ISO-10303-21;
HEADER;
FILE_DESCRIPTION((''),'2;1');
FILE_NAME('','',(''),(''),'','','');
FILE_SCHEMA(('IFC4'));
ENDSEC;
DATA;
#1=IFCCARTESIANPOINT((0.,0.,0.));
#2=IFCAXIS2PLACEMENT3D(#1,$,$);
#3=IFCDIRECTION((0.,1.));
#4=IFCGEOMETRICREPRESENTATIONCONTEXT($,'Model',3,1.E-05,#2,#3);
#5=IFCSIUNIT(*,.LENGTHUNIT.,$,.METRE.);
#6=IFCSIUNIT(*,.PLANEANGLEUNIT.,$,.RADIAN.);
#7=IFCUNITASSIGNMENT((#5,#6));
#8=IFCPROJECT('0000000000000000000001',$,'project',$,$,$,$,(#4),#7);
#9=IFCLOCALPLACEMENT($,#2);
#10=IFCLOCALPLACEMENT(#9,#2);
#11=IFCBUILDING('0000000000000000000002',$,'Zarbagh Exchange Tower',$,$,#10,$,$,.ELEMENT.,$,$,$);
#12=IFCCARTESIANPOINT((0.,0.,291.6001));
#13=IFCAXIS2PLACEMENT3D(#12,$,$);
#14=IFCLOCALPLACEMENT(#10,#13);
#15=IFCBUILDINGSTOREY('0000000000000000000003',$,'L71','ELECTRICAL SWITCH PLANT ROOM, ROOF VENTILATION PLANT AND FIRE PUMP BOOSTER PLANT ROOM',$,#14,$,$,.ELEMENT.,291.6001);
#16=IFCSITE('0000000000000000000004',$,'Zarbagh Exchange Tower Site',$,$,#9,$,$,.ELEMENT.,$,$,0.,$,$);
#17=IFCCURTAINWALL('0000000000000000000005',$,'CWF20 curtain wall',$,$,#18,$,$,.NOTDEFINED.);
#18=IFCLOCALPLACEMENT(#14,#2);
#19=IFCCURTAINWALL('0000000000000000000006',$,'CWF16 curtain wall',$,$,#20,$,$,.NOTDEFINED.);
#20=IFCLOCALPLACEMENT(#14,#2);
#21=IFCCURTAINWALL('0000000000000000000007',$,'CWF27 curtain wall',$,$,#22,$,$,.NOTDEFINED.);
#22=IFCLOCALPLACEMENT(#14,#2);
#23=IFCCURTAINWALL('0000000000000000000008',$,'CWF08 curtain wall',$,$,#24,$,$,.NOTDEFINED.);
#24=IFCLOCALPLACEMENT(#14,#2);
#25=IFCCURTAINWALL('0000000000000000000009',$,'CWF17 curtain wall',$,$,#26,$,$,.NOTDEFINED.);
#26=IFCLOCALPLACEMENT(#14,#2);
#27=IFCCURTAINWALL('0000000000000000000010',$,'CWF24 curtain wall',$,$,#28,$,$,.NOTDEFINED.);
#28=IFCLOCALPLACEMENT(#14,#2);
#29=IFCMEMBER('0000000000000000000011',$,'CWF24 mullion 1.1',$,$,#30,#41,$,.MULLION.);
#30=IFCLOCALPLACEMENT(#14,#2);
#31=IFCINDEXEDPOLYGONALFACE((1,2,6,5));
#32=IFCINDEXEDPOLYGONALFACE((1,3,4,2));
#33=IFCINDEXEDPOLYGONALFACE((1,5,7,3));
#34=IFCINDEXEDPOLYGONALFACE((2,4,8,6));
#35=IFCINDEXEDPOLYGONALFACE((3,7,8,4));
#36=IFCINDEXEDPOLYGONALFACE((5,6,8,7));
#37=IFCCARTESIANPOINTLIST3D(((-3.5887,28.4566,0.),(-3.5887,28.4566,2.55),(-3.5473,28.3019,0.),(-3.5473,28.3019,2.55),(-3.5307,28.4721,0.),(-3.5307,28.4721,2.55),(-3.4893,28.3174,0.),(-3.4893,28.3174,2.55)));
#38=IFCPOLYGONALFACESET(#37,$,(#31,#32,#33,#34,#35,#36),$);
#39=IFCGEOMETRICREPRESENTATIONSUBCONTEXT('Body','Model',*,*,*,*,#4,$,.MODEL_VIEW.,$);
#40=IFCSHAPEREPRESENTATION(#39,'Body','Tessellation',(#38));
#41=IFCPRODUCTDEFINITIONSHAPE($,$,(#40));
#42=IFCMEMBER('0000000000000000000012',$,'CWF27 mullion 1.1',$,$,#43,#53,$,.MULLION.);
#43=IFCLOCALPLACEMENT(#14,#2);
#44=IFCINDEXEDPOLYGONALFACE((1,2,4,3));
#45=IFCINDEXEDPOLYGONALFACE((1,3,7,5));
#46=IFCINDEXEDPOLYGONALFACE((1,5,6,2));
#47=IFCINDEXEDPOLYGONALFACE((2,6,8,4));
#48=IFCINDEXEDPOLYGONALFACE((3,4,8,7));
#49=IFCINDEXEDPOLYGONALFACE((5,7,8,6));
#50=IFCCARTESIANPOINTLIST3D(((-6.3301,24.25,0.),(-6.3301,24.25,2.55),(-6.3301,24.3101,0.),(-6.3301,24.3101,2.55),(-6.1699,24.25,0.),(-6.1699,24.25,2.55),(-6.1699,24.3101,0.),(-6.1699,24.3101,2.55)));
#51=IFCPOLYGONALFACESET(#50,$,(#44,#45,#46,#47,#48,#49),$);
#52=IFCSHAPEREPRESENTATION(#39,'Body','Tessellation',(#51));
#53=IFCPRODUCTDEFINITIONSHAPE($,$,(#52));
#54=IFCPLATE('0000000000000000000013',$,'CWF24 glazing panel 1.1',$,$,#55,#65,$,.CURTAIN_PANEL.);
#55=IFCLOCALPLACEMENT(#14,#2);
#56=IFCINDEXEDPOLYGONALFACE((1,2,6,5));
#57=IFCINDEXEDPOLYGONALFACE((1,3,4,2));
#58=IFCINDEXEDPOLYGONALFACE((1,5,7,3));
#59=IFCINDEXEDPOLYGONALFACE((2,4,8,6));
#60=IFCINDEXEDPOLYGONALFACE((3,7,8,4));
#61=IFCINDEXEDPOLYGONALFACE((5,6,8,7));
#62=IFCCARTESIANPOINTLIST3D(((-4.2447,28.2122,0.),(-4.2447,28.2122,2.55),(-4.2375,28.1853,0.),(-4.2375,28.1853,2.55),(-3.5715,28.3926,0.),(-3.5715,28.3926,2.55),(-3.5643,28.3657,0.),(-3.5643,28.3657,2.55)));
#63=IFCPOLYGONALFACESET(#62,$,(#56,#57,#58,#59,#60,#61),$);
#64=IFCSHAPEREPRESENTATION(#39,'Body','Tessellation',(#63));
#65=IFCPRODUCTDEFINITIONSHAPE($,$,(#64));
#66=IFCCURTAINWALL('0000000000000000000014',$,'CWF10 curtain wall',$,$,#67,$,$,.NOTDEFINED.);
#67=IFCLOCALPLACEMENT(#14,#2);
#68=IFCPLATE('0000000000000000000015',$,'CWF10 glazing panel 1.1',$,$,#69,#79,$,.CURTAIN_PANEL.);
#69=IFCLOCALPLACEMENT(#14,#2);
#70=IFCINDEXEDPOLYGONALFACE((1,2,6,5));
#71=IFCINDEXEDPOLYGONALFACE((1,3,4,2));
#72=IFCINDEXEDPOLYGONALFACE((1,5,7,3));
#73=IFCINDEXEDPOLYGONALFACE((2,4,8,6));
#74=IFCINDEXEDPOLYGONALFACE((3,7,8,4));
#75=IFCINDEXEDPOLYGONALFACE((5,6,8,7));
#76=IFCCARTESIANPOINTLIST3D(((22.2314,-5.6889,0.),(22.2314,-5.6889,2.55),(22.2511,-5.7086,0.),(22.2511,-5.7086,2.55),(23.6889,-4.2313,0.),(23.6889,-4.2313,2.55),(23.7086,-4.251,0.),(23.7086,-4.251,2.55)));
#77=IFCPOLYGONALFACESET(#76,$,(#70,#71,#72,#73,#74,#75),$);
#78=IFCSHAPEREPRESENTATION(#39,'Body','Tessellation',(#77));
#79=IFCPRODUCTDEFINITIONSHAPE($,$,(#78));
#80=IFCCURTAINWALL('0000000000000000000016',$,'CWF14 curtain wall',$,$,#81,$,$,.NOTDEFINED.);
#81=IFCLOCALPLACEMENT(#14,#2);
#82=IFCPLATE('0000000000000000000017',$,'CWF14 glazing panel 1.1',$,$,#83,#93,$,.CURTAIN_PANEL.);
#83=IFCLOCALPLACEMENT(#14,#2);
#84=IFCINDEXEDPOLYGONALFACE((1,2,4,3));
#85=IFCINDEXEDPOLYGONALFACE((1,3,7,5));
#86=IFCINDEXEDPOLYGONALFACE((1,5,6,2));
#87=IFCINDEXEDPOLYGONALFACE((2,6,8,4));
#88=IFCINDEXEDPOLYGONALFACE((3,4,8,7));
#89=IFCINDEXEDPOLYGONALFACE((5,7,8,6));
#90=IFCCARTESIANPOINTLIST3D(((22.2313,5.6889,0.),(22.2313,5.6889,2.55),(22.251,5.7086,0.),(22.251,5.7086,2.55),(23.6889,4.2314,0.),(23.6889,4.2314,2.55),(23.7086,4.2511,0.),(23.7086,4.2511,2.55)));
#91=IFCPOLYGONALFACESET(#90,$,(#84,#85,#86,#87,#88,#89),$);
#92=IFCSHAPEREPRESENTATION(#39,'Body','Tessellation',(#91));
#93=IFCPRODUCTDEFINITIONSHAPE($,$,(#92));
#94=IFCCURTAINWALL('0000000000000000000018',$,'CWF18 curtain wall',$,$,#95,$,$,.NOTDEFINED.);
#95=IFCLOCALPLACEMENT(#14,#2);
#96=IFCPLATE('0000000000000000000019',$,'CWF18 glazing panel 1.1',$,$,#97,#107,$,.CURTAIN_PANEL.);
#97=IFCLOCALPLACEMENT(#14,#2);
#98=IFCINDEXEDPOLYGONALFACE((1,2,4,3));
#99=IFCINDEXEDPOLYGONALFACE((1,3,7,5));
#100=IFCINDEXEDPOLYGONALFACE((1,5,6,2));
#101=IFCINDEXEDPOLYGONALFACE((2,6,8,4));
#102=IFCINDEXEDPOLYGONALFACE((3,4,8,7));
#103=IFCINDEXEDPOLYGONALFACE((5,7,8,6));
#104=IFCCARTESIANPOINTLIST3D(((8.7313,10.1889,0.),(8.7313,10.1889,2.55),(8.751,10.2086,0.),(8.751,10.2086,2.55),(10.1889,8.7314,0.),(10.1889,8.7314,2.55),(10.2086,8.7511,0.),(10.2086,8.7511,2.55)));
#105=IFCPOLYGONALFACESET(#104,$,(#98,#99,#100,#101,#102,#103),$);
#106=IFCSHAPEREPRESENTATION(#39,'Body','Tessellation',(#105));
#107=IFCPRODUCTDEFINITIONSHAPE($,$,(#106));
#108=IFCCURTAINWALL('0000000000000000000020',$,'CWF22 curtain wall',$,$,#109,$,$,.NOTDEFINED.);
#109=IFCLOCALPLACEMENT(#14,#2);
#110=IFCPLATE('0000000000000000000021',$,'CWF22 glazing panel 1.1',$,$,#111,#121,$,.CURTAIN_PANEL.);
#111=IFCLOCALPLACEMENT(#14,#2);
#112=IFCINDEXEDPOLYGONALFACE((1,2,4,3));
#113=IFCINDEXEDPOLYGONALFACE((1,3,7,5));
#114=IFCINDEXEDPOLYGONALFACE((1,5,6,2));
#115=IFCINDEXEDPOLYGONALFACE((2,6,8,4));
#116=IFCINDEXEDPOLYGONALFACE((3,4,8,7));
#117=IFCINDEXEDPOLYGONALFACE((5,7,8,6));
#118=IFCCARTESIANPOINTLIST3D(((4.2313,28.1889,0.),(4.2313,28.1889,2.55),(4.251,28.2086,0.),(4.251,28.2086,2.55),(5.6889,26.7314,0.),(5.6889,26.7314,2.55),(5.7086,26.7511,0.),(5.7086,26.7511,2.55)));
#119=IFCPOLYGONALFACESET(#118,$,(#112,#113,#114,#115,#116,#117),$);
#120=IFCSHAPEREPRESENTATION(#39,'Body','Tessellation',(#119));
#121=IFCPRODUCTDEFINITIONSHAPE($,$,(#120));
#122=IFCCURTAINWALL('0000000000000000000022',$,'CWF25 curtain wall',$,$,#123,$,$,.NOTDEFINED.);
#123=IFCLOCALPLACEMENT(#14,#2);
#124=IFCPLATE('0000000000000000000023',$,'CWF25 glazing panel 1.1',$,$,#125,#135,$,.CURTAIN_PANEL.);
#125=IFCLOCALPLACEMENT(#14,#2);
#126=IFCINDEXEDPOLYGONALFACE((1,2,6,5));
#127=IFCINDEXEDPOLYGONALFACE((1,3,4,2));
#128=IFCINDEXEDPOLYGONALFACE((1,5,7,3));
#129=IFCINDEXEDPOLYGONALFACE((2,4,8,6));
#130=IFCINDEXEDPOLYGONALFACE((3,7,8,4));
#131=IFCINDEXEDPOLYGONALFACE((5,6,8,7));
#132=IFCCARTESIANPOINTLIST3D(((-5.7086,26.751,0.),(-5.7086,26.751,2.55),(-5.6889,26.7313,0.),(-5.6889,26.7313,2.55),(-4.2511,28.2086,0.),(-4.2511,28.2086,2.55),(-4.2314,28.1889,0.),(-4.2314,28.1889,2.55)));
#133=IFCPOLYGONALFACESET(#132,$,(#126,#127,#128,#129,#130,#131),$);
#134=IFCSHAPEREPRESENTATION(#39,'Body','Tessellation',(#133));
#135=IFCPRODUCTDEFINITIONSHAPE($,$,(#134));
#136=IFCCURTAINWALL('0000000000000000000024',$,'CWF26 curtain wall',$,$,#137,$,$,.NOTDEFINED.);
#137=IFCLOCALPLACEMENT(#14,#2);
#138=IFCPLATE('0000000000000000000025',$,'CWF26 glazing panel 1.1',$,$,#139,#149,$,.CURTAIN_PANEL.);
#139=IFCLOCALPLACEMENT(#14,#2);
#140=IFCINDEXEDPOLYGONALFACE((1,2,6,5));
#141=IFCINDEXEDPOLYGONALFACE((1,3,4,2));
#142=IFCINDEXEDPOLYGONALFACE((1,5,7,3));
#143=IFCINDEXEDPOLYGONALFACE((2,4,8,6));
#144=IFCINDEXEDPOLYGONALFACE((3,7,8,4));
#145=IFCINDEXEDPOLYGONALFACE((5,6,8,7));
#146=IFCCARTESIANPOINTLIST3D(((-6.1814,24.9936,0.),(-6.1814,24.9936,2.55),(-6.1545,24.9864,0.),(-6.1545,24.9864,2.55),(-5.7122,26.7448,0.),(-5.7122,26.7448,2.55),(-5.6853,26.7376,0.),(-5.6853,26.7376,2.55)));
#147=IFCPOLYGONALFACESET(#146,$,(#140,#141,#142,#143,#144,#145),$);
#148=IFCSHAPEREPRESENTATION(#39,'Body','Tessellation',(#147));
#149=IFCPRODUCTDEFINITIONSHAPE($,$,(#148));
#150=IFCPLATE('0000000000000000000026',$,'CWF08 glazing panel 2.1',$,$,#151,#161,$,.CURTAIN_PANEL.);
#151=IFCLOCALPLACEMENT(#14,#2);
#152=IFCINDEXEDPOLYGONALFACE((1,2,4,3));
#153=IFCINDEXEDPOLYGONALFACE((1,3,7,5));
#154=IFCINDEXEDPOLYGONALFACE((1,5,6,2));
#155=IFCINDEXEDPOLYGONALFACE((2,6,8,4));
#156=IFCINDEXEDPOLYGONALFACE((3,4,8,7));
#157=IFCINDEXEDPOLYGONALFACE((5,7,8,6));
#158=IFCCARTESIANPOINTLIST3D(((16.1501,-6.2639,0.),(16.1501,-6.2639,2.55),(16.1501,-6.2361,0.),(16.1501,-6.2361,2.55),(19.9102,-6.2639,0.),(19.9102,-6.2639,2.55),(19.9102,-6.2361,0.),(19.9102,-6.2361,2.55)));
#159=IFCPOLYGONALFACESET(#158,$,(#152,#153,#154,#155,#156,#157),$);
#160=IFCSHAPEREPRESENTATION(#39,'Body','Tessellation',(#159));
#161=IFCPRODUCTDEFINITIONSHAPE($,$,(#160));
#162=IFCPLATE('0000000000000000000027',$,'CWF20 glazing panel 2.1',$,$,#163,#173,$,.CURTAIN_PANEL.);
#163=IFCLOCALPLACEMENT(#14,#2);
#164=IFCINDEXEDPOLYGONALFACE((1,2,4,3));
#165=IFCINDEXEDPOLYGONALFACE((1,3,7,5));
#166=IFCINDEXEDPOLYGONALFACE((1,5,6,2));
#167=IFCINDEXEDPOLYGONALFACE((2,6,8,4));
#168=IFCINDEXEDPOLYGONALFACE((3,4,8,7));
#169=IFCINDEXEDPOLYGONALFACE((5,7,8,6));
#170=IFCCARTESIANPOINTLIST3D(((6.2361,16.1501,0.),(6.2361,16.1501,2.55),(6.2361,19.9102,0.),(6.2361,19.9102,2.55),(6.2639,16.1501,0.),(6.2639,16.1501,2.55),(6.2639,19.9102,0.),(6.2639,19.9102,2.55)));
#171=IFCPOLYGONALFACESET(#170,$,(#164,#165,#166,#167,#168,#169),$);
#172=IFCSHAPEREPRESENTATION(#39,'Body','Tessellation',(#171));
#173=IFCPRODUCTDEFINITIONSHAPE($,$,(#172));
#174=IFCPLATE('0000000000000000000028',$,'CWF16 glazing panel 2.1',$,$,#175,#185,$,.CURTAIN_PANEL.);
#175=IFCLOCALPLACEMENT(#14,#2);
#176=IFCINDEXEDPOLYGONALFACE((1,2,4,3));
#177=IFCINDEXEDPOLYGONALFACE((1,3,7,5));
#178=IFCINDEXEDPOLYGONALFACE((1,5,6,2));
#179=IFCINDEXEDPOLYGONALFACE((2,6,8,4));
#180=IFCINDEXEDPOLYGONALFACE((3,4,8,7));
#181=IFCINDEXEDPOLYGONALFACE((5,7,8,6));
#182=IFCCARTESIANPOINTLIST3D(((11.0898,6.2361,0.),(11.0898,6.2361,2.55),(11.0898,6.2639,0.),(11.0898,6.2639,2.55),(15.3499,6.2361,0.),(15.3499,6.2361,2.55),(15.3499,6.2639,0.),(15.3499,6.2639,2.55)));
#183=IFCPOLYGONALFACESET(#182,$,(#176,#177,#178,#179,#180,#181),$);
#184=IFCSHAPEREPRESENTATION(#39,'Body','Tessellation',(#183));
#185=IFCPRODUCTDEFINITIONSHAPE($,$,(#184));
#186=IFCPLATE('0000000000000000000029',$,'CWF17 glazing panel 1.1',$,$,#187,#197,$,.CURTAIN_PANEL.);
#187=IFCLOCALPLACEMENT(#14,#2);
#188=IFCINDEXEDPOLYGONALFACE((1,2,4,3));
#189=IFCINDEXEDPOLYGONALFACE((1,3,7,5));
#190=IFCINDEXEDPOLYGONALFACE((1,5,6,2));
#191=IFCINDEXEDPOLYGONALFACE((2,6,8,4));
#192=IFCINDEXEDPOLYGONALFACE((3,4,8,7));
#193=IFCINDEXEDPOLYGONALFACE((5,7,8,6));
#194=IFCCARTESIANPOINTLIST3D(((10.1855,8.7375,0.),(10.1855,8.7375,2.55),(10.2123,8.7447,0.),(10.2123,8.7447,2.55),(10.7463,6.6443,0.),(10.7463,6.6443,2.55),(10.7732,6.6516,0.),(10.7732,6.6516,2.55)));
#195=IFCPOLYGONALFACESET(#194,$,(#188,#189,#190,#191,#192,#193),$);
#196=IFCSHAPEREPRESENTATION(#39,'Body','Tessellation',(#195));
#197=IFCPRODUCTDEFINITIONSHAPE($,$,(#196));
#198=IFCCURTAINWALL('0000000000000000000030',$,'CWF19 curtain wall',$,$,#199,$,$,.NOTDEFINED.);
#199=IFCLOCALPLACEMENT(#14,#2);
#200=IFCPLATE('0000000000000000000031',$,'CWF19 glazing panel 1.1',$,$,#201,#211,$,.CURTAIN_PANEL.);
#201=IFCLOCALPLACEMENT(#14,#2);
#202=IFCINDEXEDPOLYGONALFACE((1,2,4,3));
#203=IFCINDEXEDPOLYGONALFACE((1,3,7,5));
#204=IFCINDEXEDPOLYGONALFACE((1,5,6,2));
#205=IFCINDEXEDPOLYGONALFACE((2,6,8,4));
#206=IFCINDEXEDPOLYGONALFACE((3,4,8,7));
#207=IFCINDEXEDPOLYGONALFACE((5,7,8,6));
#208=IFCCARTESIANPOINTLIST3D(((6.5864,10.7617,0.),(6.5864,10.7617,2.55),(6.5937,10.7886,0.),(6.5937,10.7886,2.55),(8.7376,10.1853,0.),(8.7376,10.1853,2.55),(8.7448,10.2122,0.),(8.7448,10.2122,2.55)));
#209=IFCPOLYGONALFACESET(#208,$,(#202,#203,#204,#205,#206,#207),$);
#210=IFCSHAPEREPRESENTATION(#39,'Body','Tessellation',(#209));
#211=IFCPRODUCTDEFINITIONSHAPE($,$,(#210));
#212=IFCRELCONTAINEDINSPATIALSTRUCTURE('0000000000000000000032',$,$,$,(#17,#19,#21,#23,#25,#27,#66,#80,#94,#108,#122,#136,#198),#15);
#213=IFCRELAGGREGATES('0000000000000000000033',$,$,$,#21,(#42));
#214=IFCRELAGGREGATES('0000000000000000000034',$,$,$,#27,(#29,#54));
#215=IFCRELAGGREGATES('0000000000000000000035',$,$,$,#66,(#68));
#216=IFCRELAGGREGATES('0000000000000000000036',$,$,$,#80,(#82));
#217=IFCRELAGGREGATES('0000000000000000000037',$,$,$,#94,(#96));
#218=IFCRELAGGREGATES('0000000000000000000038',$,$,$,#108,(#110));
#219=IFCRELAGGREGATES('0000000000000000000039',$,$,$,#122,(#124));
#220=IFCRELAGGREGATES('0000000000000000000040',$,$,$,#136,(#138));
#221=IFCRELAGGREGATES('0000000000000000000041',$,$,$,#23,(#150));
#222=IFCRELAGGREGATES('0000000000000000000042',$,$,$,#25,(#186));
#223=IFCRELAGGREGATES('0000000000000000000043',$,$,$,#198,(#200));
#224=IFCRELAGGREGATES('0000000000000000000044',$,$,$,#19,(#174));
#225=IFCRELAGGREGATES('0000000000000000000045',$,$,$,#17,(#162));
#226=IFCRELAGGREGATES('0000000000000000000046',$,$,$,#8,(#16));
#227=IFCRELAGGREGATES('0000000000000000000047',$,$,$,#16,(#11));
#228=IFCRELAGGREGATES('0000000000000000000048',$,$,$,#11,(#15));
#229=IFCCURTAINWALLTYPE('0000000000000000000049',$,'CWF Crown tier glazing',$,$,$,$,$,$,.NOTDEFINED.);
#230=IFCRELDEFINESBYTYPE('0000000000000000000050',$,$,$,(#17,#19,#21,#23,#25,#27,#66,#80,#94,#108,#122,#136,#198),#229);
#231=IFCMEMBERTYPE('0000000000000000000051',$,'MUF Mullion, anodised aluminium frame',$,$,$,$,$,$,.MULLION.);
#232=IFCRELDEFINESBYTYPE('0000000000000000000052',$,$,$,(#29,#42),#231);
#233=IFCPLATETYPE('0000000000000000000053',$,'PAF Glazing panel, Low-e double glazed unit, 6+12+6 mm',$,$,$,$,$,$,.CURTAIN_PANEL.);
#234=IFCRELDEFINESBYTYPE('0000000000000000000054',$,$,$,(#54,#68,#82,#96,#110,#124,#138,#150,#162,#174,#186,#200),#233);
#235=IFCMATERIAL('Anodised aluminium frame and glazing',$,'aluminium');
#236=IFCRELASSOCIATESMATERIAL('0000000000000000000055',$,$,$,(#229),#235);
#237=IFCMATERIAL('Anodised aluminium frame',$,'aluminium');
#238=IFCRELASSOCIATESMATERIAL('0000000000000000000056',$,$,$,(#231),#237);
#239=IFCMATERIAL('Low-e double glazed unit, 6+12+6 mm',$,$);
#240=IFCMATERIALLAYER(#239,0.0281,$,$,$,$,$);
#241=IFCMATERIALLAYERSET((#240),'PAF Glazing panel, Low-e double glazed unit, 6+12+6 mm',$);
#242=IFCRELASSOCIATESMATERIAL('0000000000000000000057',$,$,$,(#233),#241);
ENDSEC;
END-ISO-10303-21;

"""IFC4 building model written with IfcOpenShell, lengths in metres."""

from ifc_helpers import new_model, si_unit, direction, frame, origin, place, context, subcontext, project, spatial, polyline, outline, extrude, source, transform, mapped, material, layer, layer_set, type_object, element, aggregate, save


model = new_model("IFC4")

# Units and contexts
model_context = context("Model", 3, precision=1e-05, world=origin(), true_north=direction((0.0, 1.0)))
body_context = subcontext(model_context, "Body", "Model", "MODEL_VIEW")
ifc_project = project(units=[si_unit("LENGTHUNIT", "METRE"), si_unit("PLANEANGLEUNIT", "RADIAN")], contexts=[model_context])

# Site, building, storey
site_placement = place(None, origin())
site = spatial("IfcSite", under=ifc_project, at=site_placement, Name="Zarbagh Exchange Tower Site", CompositionType="ELEMENT", RefElevation=0.0)
building_placement = place(site_placement, origin())
building = spatial("IfcBuilding", under=site, at=building_placement, Name="Zarbagh Exchange Tower", CompositionType="ELEMENT")
storey_placement = place(building_placement, frame((0.0, 0.0, 291.6001)))
storey = spatial("IfcBuildingStorey", under=building, at=storey_placement, Name="L71", Description="ELECTRICAL SWITCH PLANT ROOM, ROOF VENTILATION PLANT AND FIRE PUMP BOOSTER PLANT ROOM", CompositionType="ELEMENT", Elevation=291.6001)

# Curtain walls
ifc_material_1 = material(Name="Anodised aluminium frame and glazing", Category="aluminium")
curtain_wall_type = type_object("IfcCurtainWallType", Name="CWF Crown tier glazing", PredefinedType="NOTDEFINED", material=ifc_material_1)
ifc_material_2 = material(Name="Anodised aluminium frame", Category="aluminium")
placement = place(storey_placement, origin())
curtain_wall_1_placement = place(storey_placement, origin())
curtain_wall_1 = element("IfcCurtainWall", 1, at=curtain_wall_1_placement, inside=storey, type_object=curtain_wall_type, Name="CWF20 curtain wall", PredefinedType="NOTDEFINED")
curtain_wall_2_placement = place(storey_placement, origin())
curtain_wall_2 = element("IfcCurtainWall", 2, at=curtain_wall_2_placement, inside=storey, type_object=curtain_wall_type, Name="CWF16 curtain wall", PredefinedType="NOTDEFINED")
curtain_wall_3_placement = place(storey_placement, origin())
curtain_wall_3 = element("IfcCurtainWall", 3, at=curtain_wall_3_placement, inside=storey, type_object=curtain_wall_type, Name="CWF27 curtain wall", PredefinedType="NOTDEFINED")
curtain_wall_4_placement = place(storey_placement, origin())
curtain_wall_4 = element("IfcCurtainWall", 4, at=curtain_wall_4_placement, inside=storey, type_object=curtain_wall_type, Name="CWF08 curtain wall", PredefinedType="NOTDEFINED")
member_type_1 = type_object("IfcMemberType", Name="MUF Mullion, anodised aluminium frame", PredefinedType="MULLION", material=ifc_material_2)
shared_shape_1 = source(origin(), body_context, "Body", "SweptSolid", [
    extrude(outline(polyline([(0.0, -0.0801), (0.0601, -0.0801), (0.0601, 0.0801), (0.0, 0.0801), (0.0, -0.0801)])), origin(), (0.0, 0.0, 1.0), 2.55),
])

# Curtain wall
curtain_wall_5_placement = place(storey_placement, origin())
curtain_wall_5 = element("IfcCurtainWall", 5, at=curtain_wall_5_placement, inside=storey, type_object=curtain_wall_type, Name="CWF17 curtain wall", PredefinedType="NOTDEFINED")

# Curtain wall, member
curtain_wall_6_placement = place(storey_placement, origin())
curtain_wall_6 = element("IfcCurtainWall", 6, at=curtain_wall_6_placement, inside=storey, type_object=curtain_wall_type, Name="CWF24 curtain wall", PredefinedType="NOTDEFINED")
member_1 = element("IfcMember", 7, at=placement, type_object=member_type_1, Name="CWF24 mullion 1.1", PredefinedType="MULLION", context=body_context, shape_type="MappedRepresentation", body=[
    mapped(shared_shape_1, transform((-3.51, 28.3948, 0.0), x_axis=(-0.965924, -0.258825, 0.0), y_axis=(0.258825, -0.965924, 0.0), z_axis=(0.0, 0.0, 1.0))),
])

# Member
member_2 = element("IfcMember", 8, at=placement, type_object=member_type_1, Name="CWF27 mullion 1.1", PredefinedType="MULLION", context=body_context, shape_type="MappedRepresentation", body=[
    mapped(shared_shape_1, transform((-6.25, 24.3101, 0.0), x_axis=(0.0, -1.0, 0.0), y_axis=(1.0, 0.0, 0.0), z_axis=(0.0, 0.0, 1.0))),
])
aggregate(curtain_wall_3, [member_2])

# Plate
ifc_material_3 = material(Name="Low-e double glazed unit, 6+12+6 mm")
ifc_layer = layer(ifc_material_3, 0.0281)
ifc_layer_set = layer_set([ifc_layer], Name="PAF Glazing panel, Low-e double glazed unit, 6+12+6 mm")
plate_type = type_object("IfcPlateType", Name="PAF Glazing panel, Low-e double glazed unit, 6+12+6 mm", PredefinedType="CURTAIN_PANEL", material=ifc_layer_set)
shared_shape_2 = source(origin(), body_context, "Body", "SweptSolid", [
    extrude(outline(polyline([(0.0, -0.0139), (0.697, -0.0139), (0.697, 0.0139), (0.0, 0.0139), (0.0, -0.0139)])), origin(), (0.0, 0.0, 1.0), 2.55),
])
plate_1 = element("IfcPlate", 9, at=placement, type_object=plate_type, Name="CWF24 glazing panel 1.1", PredefinedType="CURTAIN_PANEL", context=body_context, shape_type="MappedRepresentation", body=[
    mapped(shared_shape_2, transform((-3.5679, 28.3792, 0.0), x_axis=(-0.965924, -0.258825, 0.0), y_axis=(0.258825, -0.965924, 0.0), z_axis=(0.0, 0.0, 1.0))),
])
aggregate(curtain_wall_6, [member_1, plate_1])

# Curtain walls, plates
curtain_wall_7_placement = place(storey_placement, origin())
curtain_wall_7 = element("IfcCurtainWall", 10, at=curtain_wall_7_placement, inside=storey, type_object=curtain_wall_type, Name="CWF10 curtain wall", PredefinedType="NOTDEFINED")
shared_shape_3 = source(origin(), body_context, "Body", "SweptSolid", [
    extrude(outline(polyline([(0.0, -0.0139), (2.0613, -0.0139), (2.0613, 0.0139), (0.0, 0.0139), (0.0, -0.0139)])), origin(), (0.0, 0.0, 1.0), 2.55),
])
plate_2 = element("IfcPlate", 11, at=placement, type_object=plate_type, Name="CWF10 glazing panel 1.1", PredefinedType="CURTAIN_PANEL", context=body_context, shape_type="MappedRepresentation", body=[
    mapped(shared_shape_3, transform((22.2412, -5.6987, 0.0), x_axis=(0.707107, 0.707107, 0.0), y_axis=(-0.707107, 0.707107, 0.0), z_axis=(0.0, 0.0, 1.0))),
])
aggregate(curtain_wall_7, [plate_2])
curtain_wall_8_placement = place(storey_placement, origin())
curtain_wall_8 = element("IfcCurtainWall", 12, at=curtain_wall_8_placement, inside=storey, type_object=curtain_wall_type, Name="CWF14 curtain wall", PredefinedType="NOTDEFINED")
plate_3 = element("IfcPlate", 13, at=placement, type_object=plate_type, Name="CWF14 glazing panel 1.1", PredefinedType="CURTAIN_PANEL", context=body_context, shape_type="MappedRepresentation", body=[
    mapped(shared_shape_3, transform((23.6987, 4.2412, 0.0), x_axis=(-0.707107, 0.707107, 0.0), y_axis=(-0.707107, -0.707107, 0.0), z_axis=(0.0, 0.0, 1.0))),
])
aggregate(curtain_wall_8, [plate_3])
curtain_wall_9_placement = place(storey_placement, origin())
curtain_wall_9 = element("IfcCurtainWall", 14, at=curtain_wall_9_placement, inside=storey, type_object=curtain_wall_type, Name="CWF18 curtain wall", PredefinedType="NOTDEFINED")
plate_4 = element("IfcPlate", 15, at=placement, type_object=plate_type, Name="CWF18 glazing panel 1.1", PredefinedType="CURTAIN_PANEL", context=body_context, shape_type="MappedRepresentation", body=[
    mapped(shared_shape_3, transform((10.1987, 8.7412, 0.0), x_axis=(-0.707107, 0.707107, 0.0), y_axis=(-0.707107, -0.707107, 0.0), z_axis=(0.0, 0.0, 1.0))),
])
aggregate(curtain_wall_9, [plate_4])
curtain_wall_10_placement = place(storey_placement, origin())
curtain_wall_10 = element("IfcCurtainWall", 16, at=curtain_wall_10_placement, inside=storey, type_object=curtain_wall_type, Name="CWF22 curtain wall", PredefinedType="NOTDEFINED")
plate_5 = element("IfcPlate", 17, at=placement, type_object=plate_type, Name="CWF22 glazing panel 1.1", PredefinedType="CURTAIN_PANEL", context=body_context, shape_type="MappedRepresentation", body=[
    mapped(shared_shape_3, transform((5.6987, 26.7412, 0.0), x_axis=(-0.707107, 0.707107, 0.0), y_axis=(-0.707107, -0.707107, 0.0), z_axis=(0.0, 0.0, 1.0))),
])
aggregate(curtain_wall_10, [plate_5])
curtain_wall_11_placement = place(storey_placement, origin())
curtain_wall_11 = element("IfcCurtainWall", 18, at=curtain_wall_11_placement, inside=storey, type_object=curtain_wall_type, Name="CWF25 curtain wall", PredefinedType="NOTDEFINED")
plate_6 = element("IfcPlate", 19, at=placement, type_object=plate_type, Name="CWF25 glazing panel 1.1", PredefinedType="CURTAIN_PANEL", context=body_context, shape_type="MappedRepresentation", body=[
    mapped(shared_shape_3, transform((-4.2412, 28.1987, 0.0), x_axis=(-0.707107, -0.707107, 0.0), y_axis=(0.707107, -0.707107, 0.0), z_axis=(0.0, 0.0, 1.0))),
])
aggregate(curtain_wall_11, [plate_6])
curtain_wall_12_placement = place(storey_placement, origin())
curtain_wall_12 = element("IfcCurtainWall", 20, at=curtain_wall_12_placement, inside=storey, type_object=curtain_wall_type, Name="CWF26 curtain wall", PredefinedType="NOTDEFINED")
shared_shape_4 = source(origin(), body_context, "Body", "SweptSolid", [
    extrude(outline(polyline([(0.0, -0.0139), (1.813, -0.0139), (1.813, 0.0139), (0.0, 0.0139), (0.0, -0.0139)])), origin(), (0.0, 0.0, 1.0), 2.55),
])
plate_7 = element("IfcPlate", 21, at=placement, type_object=plate_type, Name="CWF26 glazing panel 1.1", PredefinedType="CURTAIN_PANEL", context=body_context, shape_type="MappedRepresentation", body=[
    mapped(shared_shape_4, transform((-5.6987, 26.7412, 0.0), x_axis=(-0.258825, -0.965924, 0.0), y_axis=(0.965924, -0.258825, 0.0), z_axis=(0.0, 0.0, 1.0))),
])
aggregate(curtain_wall_12, [plate_7])

# Plates
shared_shape_5 = source(origin(), body_context, "Body", "SweptSolid", [
    extrude(outline(polyline([(0.0, -0.0139), (3.76, -0.0139), (3.76, 0.0139), (0.0, 0.0139), (0.0, -0.0139)])), origin(), (0.0, 0.0, 1.0), 2.55),
])
plate_8 = element("IfcPlate", 22, at=placement, type_object=plate_type, Name="CWF08 glazing panel 2.1", PredefinedType="CURTAIN_PANEL", context=body_context, shape_type="MappedRepresentation", body=[
    mapped(shared_shape_5, transform((16.1501, -6.25, 0.0), x_axis=(1.0, 0.0, 0.0), y_axis=(0.0, 1.0, 0.0), z_axis=(0.0, 0.0, 1.0))),
])
aggregate(curtain_wall_4, [plate_8])
plate_9 = element("IfcPlate", 23, at=placement, type_object=plate_type, Name="CWF20 glazing panel 2.1", PredefinedType="CURTAIN_PANEL", context=body_context, shape_type="MappedRepresentation", body=[
    mapped(shared_shape_5, transform((6.25, 16.1501, 0.0), x_axis=(0.0, 1.0, 0.0), y_axis=(-1.0, 0.0, 0.0), z_axis=(0.0, 0.0, 1.0))),
])
shared_shape_6 = source(origin(), body_context, "Body", "SweptSolid", [
    extrude(outline(polyline([(0.0, -0.0139), (4.26, -0.0139), (4.26, 0.0139), (0.0, 0.0139), (0.0, -0.0139)])), origin(), (0.0, 0.0, 1.0), 2.55),
])
plate_10 = element("IfcPlate", 24, at=placement, type_object=plate_type, Name="CWF16 glazing panel 2.1", PredefinedType="CURTAIN_PANEL", context=body_context, shape_type="MappedRepresentation", body=[
    mapped(shared_shape_6, transform((15.3499, 6.25, 0.0), x_axis=(-1.0, 0.0, 0.0), y_axis=(0.0, -1.0, 0.0), z_axis=(0.0, 0.0, 1.0))),
])
shared_shape_7 = source(origin(), body_context, "Body", "SweptSolid", [
    extrude(outline(polyline([(0.0, -0.0139), (2.167, -0.0139), (2.167, 0.0139), (0.0, 0.0139), (0.0, -0.0139)])), origin(), (0.0, 0.0, 1.0), 2.55),
])
plate_11 = element("IfcPlate", 25, at=placement, type_object=plate_type, Name="CWF17 glazing panel 1.1", PredefinedType="CURTAIN_PANEL", context=body_context, shape_type="MappedRepresentation", body=[
    mapped(shared_shape_7, transform((10.7598, 6.6479, 0.0), x_axis=(-0.258825, 0.965924, 0.0), y_axis=(-0.965924, -0.258825, 0.0), z_axis=(0.0, 0.0, 1.0))),
])
aggregate(curtain_wall_5, [plate_11])

# Curtain wall, plate
curtain_wall_13_placement = place(storey_placement, origin())
curtain_wall_13 = element("IfcCurtainWall", 26, at=curtain_wall_13_placement, inside=storey, type_object=curtain_wall_type, Name="CWF19 curtain wall", PredefinedType="NOTDEFINED")
shared_shape_8 = source(origin(), body_context, "Body", "SweptSolid", [
    extrude(outline(polyline([(0.0, -0.0139), (2.2271, -0.0139), (2.2271, 0.0139), (0.0, 0.0139), (0.0, -0.0139)])), origin(), (0.0, 0.0, 1.0), 2.55),
])
plate_12 = element("IfcPlate", 27, at=placement, type_object=plate_type, Name="CWF19 glazing panel 1.1", PredefinedType="CURTAIN_PANEL", context=body_context, shape_type="MappedRepresentation", body=[
    mapped(shared_shape_8, transform((8.7412, 10.1987, 0.0), x_axis=(-0.965924, 0.258825, 0.0), y_axis=(-0.258825, -0.965924, 0.0), z_axis=(0.0, 0.0, 1.0))),
])
aggregate(curtain_wall_13, [plate_12])

aggregate(curtain_wall_2, [plate_10])
aggregate(curtain_wall_1, [plate_9])

save(model, "model.ifc")
